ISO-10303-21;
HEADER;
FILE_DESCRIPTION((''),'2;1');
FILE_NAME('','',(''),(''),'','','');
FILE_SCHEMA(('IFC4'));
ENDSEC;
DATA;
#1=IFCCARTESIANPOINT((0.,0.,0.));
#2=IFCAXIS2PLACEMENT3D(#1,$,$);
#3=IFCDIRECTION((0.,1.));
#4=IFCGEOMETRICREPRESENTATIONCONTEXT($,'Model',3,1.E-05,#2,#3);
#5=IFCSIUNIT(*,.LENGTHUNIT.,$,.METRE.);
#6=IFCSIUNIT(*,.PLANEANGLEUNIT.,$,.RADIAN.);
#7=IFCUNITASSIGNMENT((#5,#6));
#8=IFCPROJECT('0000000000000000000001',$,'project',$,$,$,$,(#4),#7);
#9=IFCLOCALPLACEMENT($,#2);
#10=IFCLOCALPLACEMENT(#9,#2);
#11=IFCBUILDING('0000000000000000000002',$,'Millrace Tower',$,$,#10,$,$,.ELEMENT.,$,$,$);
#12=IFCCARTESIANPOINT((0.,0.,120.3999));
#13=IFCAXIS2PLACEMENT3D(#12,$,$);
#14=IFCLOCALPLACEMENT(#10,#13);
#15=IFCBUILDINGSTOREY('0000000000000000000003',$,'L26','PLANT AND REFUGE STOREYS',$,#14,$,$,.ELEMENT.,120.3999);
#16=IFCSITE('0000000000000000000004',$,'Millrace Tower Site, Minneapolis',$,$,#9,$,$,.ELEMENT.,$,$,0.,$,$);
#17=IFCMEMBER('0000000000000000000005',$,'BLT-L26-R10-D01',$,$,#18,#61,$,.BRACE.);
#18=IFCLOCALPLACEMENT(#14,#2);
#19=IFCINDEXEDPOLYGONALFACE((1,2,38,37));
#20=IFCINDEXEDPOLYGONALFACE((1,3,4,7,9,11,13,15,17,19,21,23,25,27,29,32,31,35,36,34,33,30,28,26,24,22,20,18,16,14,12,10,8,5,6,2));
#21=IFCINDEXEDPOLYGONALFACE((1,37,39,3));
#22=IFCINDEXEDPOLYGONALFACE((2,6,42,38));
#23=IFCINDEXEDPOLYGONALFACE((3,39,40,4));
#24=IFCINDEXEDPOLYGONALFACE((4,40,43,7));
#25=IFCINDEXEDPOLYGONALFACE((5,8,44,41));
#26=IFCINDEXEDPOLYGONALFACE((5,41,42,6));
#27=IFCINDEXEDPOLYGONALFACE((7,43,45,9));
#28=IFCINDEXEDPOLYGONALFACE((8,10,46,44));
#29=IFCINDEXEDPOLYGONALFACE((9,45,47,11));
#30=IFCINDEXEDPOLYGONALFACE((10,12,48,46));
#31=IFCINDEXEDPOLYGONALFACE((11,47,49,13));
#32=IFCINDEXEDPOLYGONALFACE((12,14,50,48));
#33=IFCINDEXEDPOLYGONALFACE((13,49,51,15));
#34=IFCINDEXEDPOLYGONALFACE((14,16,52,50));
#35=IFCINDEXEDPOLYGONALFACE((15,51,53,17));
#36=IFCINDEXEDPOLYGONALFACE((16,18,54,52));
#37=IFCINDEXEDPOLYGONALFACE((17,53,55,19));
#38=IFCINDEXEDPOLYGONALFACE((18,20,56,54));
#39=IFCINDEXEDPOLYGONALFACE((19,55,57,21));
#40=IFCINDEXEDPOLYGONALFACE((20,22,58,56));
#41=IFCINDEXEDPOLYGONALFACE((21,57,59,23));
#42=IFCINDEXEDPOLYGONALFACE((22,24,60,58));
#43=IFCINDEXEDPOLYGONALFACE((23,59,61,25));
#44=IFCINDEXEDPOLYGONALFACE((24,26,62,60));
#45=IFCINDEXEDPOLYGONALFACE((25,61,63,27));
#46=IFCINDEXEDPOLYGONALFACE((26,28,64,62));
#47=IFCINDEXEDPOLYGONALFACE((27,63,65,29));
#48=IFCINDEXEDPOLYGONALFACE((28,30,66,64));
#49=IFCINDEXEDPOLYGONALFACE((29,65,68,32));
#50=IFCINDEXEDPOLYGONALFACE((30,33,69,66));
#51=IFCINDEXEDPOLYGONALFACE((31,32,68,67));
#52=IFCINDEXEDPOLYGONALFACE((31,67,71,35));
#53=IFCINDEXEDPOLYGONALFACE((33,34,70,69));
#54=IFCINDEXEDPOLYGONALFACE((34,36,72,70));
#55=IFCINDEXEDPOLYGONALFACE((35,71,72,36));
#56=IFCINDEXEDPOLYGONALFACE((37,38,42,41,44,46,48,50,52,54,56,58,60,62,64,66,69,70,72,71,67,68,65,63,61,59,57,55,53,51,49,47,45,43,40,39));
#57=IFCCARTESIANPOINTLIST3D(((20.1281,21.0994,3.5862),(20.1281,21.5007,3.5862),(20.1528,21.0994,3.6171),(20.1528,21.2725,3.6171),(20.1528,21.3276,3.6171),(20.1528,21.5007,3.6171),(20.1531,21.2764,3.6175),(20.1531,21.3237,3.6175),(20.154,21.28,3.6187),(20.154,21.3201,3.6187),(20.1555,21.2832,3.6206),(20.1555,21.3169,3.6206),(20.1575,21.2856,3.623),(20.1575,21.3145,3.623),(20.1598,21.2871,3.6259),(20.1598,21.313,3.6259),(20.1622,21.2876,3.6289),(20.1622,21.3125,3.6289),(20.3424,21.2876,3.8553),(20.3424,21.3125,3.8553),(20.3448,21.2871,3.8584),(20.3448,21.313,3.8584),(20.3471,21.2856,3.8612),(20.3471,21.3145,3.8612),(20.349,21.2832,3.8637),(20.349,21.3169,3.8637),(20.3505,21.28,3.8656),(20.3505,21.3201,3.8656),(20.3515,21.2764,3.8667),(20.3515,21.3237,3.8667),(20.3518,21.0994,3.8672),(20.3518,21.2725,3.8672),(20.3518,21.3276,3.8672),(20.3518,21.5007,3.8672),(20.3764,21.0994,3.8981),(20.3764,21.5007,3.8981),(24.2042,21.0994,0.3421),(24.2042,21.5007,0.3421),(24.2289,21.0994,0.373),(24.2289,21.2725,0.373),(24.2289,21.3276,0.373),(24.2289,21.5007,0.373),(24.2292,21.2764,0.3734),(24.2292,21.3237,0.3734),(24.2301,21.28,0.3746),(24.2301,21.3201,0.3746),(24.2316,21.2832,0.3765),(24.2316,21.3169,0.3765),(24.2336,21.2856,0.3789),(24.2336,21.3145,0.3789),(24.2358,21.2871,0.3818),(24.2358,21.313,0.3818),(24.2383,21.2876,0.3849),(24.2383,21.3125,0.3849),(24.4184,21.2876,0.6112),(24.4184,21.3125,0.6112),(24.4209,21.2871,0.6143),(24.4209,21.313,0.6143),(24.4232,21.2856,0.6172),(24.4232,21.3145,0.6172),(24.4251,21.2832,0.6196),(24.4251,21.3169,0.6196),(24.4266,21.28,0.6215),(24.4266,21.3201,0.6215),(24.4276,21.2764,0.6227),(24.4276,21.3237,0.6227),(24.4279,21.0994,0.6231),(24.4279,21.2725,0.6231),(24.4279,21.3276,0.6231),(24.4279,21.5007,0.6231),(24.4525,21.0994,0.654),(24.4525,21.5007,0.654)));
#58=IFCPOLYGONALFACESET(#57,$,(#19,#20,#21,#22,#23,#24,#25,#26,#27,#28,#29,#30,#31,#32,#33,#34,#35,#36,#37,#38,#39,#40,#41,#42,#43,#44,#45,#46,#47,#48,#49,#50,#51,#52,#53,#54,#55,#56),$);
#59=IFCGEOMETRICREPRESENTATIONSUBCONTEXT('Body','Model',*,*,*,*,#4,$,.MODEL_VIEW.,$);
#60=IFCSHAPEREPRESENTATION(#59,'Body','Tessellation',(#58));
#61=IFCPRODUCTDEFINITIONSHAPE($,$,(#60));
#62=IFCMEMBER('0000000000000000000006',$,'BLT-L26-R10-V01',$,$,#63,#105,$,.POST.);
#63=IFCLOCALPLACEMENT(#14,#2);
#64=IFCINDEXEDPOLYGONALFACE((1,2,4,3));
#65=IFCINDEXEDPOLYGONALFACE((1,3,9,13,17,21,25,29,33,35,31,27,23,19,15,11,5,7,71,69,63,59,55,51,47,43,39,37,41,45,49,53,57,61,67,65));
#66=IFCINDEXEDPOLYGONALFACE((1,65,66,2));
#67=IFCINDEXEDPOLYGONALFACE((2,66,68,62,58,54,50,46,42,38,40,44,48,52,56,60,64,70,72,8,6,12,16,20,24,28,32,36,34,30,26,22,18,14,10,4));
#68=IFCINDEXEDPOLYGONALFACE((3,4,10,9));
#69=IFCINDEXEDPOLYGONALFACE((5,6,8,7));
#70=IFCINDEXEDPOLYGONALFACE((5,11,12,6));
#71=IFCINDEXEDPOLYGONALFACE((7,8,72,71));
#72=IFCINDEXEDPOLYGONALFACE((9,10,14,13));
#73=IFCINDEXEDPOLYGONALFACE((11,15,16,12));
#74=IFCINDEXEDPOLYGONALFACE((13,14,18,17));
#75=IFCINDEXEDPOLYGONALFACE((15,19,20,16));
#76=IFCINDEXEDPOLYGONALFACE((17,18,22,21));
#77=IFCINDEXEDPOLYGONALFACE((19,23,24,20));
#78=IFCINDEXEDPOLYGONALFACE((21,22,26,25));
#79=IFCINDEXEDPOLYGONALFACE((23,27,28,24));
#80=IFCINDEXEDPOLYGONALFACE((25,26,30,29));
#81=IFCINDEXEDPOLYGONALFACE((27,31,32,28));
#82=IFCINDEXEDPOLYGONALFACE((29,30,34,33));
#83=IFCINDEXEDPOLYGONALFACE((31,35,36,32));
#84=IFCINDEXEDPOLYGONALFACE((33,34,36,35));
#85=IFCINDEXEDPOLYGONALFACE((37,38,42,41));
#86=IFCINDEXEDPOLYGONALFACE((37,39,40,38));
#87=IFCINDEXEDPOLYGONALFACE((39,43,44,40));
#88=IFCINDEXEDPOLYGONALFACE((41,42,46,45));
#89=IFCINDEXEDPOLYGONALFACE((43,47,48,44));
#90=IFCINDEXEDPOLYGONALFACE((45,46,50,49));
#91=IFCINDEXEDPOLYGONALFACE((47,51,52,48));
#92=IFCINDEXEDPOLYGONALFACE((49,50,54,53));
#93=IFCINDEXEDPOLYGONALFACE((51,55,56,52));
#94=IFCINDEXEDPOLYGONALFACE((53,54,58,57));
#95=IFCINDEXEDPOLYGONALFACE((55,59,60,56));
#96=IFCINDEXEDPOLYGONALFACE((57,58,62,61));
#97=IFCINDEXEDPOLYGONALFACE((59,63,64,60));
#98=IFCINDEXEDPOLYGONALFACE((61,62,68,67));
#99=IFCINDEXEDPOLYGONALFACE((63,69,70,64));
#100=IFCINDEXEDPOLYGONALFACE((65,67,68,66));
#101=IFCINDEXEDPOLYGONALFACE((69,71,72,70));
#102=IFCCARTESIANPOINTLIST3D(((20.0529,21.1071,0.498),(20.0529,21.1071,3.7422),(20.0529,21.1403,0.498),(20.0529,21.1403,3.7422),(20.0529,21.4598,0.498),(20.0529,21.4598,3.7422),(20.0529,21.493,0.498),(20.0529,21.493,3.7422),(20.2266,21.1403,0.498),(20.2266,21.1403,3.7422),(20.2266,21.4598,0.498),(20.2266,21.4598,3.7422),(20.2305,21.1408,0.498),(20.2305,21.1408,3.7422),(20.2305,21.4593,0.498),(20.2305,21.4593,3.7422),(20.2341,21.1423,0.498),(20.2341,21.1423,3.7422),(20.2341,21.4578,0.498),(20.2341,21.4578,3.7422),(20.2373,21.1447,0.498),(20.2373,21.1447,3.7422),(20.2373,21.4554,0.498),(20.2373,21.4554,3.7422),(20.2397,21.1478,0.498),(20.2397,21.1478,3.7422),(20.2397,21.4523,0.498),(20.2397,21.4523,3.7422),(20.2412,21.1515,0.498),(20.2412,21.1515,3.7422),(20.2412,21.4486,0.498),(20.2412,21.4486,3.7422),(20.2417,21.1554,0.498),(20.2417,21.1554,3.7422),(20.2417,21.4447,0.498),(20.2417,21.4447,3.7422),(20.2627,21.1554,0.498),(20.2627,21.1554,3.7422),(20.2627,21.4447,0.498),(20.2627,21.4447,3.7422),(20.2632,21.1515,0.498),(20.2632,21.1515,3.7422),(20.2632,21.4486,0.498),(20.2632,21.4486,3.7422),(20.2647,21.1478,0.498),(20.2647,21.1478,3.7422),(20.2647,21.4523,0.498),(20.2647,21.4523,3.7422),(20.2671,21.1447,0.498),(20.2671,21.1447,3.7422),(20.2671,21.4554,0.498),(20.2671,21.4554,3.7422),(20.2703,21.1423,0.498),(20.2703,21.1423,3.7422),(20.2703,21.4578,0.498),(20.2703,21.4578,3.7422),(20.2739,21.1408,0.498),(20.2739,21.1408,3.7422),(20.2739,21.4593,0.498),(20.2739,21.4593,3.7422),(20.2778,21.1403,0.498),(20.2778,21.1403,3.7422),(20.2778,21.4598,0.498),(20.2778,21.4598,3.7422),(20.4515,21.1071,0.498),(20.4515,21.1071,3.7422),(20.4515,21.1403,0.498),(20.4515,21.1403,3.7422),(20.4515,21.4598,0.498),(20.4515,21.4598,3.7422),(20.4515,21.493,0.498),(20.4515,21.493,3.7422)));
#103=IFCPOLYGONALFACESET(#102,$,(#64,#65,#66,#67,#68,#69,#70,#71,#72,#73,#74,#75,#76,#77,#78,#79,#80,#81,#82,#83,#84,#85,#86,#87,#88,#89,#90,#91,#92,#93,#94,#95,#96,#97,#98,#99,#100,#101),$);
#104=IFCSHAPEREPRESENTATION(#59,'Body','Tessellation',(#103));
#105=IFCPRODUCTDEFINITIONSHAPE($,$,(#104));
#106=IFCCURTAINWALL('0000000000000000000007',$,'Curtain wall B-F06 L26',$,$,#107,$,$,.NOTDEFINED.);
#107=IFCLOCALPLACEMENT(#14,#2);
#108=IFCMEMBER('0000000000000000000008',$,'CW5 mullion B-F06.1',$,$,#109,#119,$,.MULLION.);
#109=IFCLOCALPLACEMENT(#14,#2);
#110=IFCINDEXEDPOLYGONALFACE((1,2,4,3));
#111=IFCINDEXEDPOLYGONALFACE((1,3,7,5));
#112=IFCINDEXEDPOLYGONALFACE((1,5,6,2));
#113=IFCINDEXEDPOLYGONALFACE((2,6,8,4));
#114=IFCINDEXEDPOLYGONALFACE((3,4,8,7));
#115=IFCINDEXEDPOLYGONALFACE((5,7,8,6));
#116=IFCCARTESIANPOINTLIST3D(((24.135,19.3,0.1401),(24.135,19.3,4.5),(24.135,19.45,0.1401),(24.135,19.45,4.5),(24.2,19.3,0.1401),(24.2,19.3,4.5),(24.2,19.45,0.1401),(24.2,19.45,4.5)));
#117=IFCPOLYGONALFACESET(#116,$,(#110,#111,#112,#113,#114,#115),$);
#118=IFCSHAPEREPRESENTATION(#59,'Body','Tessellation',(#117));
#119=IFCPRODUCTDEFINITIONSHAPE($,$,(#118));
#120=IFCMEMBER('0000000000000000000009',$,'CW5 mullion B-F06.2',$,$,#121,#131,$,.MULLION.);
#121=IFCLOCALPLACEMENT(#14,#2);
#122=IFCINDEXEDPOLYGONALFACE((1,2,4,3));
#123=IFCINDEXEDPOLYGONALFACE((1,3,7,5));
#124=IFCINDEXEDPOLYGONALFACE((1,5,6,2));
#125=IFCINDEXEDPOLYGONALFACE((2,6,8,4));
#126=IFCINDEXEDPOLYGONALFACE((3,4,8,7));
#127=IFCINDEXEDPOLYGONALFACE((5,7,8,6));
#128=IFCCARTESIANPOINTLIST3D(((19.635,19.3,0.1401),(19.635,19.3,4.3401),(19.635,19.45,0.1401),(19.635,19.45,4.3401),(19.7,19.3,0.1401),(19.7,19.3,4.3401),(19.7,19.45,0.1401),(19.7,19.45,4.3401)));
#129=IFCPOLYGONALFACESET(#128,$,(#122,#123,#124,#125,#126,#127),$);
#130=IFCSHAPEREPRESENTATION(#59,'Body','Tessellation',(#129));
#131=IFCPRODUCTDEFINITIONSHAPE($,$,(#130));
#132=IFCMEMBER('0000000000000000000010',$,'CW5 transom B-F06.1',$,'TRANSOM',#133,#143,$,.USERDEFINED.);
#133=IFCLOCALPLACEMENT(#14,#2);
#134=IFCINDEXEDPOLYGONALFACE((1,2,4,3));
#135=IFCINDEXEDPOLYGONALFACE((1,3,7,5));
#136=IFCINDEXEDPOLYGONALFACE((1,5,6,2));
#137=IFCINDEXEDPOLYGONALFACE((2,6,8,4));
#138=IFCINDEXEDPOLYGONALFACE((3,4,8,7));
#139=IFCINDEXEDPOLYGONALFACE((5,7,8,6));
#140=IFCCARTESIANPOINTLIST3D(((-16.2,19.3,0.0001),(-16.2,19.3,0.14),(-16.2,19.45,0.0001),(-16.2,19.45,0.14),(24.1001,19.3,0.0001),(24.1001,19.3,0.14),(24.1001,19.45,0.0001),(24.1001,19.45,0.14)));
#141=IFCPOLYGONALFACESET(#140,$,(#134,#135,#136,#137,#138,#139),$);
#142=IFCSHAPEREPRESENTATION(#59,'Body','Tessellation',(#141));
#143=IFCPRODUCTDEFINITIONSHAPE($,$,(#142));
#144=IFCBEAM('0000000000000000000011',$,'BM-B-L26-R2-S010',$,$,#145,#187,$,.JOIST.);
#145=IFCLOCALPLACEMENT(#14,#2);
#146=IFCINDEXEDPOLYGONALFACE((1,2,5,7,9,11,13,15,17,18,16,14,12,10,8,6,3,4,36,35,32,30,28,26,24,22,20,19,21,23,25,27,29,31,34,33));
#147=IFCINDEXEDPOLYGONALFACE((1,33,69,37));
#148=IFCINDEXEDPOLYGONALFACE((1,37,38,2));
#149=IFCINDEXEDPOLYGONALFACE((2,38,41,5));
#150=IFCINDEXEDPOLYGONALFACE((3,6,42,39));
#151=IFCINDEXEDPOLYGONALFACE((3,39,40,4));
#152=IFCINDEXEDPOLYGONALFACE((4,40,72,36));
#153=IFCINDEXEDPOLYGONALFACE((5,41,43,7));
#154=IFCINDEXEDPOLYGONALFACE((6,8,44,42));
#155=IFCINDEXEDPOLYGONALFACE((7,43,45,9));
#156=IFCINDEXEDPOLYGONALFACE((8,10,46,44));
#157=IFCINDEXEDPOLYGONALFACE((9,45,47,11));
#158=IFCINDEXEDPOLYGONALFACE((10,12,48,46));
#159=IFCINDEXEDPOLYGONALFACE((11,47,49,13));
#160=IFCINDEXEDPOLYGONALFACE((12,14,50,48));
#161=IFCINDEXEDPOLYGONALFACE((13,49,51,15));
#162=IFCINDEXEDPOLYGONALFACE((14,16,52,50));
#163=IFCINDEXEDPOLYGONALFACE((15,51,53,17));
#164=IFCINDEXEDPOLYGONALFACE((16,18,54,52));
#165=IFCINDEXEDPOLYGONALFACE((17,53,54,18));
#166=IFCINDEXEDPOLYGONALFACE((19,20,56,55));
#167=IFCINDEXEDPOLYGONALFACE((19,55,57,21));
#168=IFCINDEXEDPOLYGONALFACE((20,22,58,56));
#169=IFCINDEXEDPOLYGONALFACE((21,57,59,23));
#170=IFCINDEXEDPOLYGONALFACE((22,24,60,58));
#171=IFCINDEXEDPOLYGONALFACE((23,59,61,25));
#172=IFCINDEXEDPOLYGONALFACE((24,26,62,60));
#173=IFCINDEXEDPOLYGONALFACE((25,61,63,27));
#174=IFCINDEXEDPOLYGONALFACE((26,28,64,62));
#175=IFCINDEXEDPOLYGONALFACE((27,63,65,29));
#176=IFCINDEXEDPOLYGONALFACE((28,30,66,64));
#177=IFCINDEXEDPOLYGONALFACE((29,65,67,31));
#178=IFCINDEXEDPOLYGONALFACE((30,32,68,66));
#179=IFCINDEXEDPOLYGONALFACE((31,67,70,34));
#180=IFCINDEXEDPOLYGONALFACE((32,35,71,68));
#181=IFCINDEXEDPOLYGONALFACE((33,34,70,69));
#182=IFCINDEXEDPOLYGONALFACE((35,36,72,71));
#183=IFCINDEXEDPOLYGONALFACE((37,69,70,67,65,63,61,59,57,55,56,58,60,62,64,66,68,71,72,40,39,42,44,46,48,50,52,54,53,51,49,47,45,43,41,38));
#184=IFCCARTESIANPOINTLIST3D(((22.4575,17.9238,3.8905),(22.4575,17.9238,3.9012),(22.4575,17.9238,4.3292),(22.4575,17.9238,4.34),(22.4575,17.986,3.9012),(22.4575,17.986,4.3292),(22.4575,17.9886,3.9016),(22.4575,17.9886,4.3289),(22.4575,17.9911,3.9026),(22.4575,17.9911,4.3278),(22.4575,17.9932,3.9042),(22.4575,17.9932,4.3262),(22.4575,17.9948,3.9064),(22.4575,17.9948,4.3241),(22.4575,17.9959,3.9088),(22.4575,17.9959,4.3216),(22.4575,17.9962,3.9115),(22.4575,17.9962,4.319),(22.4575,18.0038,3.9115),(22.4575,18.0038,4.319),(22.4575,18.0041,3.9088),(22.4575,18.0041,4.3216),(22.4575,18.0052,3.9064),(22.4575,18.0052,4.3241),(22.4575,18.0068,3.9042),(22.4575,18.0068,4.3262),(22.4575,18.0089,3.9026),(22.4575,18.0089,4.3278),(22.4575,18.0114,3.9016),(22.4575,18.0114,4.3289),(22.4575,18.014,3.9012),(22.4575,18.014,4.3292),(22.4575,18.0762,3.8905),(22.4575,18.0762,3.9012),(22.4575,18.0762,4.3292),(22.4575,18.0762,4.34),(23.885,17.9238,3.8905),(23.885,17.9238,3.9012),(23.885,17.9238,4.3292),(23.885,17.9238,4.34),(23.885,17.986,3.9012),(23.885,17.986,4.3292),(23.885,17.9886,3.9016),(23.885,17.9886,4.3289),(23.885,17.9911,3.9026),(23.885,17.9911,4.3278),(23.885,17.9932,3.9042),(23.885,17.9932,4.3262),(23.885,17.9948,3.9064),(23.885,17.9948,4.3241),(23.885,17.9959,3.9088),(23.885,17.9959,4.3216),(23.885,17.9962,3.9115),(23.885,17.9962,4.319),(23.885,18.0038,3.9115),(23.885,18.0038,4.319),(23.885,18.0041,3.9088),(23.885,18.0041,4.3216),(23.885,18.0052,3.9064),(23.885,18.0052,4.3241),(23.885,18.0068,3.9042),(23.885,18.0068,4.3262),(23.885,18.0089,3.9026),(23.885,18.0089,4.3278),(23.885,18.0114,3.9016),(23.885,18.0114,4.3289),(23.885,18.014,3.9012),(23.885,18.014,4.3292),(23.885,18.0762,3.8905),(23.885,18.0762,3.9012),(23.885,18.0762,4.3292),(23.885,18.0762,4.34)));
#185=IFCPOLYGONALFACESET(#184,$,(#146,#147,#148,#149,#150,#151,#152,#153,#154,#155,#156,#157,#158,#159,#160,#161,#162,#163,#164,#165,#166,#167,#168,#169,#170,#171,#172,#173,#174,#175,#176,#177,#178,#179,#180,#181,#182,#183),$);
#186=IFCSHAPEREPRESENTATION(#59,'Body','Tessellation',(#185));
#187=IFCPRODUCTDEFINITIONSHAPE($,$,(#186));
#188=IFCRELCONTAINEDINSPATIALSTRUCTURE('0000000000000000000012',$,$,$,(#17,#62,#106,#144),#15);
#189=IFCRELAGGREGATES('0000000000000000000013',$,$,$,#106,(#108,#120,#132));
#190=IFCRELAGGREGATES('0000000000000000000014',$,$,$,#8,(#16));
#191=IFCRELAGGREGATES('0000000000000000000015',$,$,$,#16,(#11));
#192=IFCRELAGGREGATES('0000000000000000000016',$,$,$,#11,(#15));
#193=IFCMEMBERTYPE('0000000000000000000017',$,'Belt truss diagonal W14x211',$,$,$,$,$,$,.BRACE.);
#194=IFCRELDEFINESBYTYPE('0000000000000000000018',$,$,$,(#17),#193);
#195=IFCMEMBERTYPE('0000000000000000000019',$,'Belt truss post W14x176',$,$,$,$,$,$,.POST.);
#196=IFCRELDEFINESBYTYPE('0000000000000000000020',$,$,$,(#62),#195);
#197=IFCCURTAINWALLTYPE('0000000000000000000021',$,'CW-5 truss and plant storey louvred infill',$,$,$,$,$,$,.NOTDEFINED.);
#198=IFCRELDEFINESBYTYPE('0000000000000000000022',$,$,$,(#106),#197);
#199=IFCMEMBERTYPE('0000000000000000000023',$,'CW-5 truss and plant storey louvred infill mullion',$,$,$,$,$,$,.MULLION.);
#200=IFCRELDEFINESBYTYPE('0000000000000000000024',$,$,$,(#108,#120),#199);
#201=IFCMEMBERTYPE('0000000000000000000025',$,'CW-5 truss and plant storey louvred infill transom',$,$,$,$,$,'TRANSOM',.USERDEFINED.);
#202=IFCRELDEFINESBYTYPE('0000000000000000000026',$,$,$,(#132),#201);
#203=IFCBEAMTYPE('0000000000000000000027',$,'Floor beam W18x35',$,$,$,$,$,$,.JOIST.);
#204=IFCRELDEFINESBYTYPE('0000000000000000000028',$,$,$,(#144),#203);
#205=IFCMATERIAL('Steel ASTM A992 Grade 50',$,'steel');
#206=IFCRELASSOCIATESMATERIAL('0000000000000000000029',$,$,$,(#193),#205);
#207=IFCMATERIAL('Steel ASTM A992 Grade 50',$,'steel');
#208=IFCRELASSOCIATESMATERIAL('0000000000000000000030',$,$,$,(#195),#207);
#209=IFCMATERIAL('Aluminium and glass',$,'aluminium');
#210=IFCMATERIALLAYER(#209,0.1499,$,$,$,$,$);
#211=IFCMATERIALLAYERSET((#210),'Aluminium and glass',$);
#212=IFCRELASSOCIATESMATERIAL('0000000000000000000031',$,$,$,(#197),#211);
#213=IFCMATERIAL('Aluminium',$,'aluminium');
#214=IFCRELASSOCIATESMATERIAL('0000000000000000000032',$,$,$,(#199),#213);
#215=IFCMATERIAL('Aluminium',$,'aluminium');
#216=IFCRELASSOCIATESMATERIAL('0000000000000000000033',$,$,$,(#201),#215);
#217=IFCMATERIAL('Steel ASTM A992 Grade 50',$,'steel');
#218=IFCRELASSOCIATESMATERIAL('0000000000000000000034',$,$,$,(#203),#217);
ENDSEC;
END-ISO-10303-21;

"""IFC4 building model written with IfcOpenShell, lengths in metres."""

from ifc_helpers import new_model, si_unit, direction, frame, origin, origin_2d, place, context, subcontext, project, spatial, rectangle, i_section, extrude, material, layer, layer_set, material_profile, profile_set, type_object, element, aggregate, save


model = new_model("IFC4")

# Units and contexts
model_context = context("Model", 3, precision=1e-05, world=origin(), true_north=direction((0.0, 1.0)))
body_context = subcontext(model_context, "Body", "Model", "MODEL_VIEW")
ifc_project = project(units=[si_unit("LENGTHUNIT", "METRE"), si_unit("PLANEANGLEUNIT", "RADIAN")], contexts=[model_context])

# Site, building, storey
site_placement = place(None, origin())
site = spatial("IfcSite", under=ifc_project, at=site_placement, Name="Millrace Tower Site, Minneapolis", CompositionType="ELEMENT", RefElevation=0.0)
building_placement = place(site_placement, origin())
building = spatial("IfcBuilding", under=site, at=building_placement, Name="Millrace Tower", CompositionType="ELEMENT")
storey_placement = place(building_placement, frame((0.0, 0.0, 120.3999)))
storey = spatial("IfcBuildingStorey", under=building, at=storey_placement, Name="L26", Description="PLANT AND REFUGE STOREYS", CompositionType="ELEMENT", Elevation=120.3999)

# Members
ifc_material_1 = material(Name="Steel ASTM A992 Grade 50", Category="steel")
ifc_material_profile_1 = material_profile(ifc_material_1, i_section(OverallWidth=0.4014, OverallDepth=0.3987, WebThickness=0.0249, FlangeThickness=0.0396, FilletRadius=0.0151, at=origin_2d()))
ifc_profile_set_1 = profile_set([ifc_material_profile_1], Name="Steel ASTM A992 Grade 50")
member_type_1 = type_object("IfcMemberType", Name="Belt truss diagonal W14x211", PredefinedType="BRACE", material=ifc_profile_set_1)
member_1_placement = place(storey_placement, frame((24.3284, 21.3, 0.498), z_axis=(-0.782439, 0.0, 0.622727), x_axis=(0.0, -1.0, 0.0)))
element("IfcMember", 1, at=member_1_placement, inside=storey, type_object=member_type_1, Name="BLT-L26-R10-D01", PredefinedType="BRACE", context=body_context, shape_type="SweptSolid", body=[
    extrude(i_section(OverallWidth=0.4014, OverallDepth=0.3987, WebThickness=0.0249, FlangeThickness=0.0396, FilletRadius=0.0151, at=origin_2d()), origin(), (0.0, 0.0, 1.0), 5.2095),
])
ifc_material_2 = material(Name="Steel ASTM A992 Grade 50", Category="steel")
ifc_material_profile_2 = material_profile(ifc_material_2, i_section(OverallWidth=0.3987, OverallDepth=0.386, WebThickness=0.021, FlangeThickness=0.0332, FilletRadius=0.0151, at=origin_2d()))
ifc_profile_set_2 = profile_set([ifc_material_profile_2], Name="Steel ASTM A992 Grade 50")
member_type_2 = type_object("IfcMemberType", Name="Belt truss post W14x176", PredefinedType="POST", material=ifc_profile_set_2)
member_2_placement = place(storey_placement, frame((20.2522, 21.3, 0.498), z_axis=(0.0, 0.0, 1.0), x_axis=(1.0, 0.0, 0.0)))
element("IfcMember", 2, at=member_2_placement, inside=storey, type_object=member_type_2, Name="BLT-L26-R10-V01", PredefinedType="POST", context=body_context, shape_type="SweptSolid", body=[
    extrude(i_section(OverallWidth=0.3987, OverallDepth=0.386, WebThickness=0.021, FlangeThickness=0.0332, FilletRadius=0.0151, at=origin_2d()), origin(), (0.0, 0.0, 1.0), 3.2441),
])

# Curtain wall, members
ifc_material_3 = material(Name="Aluminium and glass", Category="aluminium")
ifc_layer_1 = layer(ifc_material_3, 0.1499)
ifc_layer_set_1 = layer_set([ifc_layer_1], Name="Aluminium and glass")
curtain_wall_type = type_object("IfcCurtainWallType", Name="CW-5 truss and plant storey louvred infill", PredefinedType="NOTDEFINED", material=ifc_layer_set_1)
curtain_wall_placement = place(storey_placement, origin())
curtain_wall = element("IfcCurtainWall", 3, at=curtain_wall_placement, inside=storey, type_object=curtain_wall_type, Name="Curtain wall B-F06 L26", PredefinedType="NOTDEFINED")
ifc_material_4 = material(Name="Aluminium", Category="aluminium")
ifc_material_profile_3 = material_profile(ifc_material_4, rectangle(XDim=0.0649, YDim=0.1499, at=origin_2d()))
ifc_profile_set_3 = profile_set([ifc_material_profile_3], Name="Aluminium")
member_type_3 = type_object("IfcMemberType", Name="CW-5 truss and plant storey louvred infill mullion", PredefinedType="MULLION", material=ifc_profile_set_3)
member_3_placement = place(storey_placement, frame((24.1675, 19.375, 0.1401), z_axis=(0.0, 0.0, 1.0), x_axis=(-1.0, 0.0, 0.0)))
member_3 = element("IfcMember", 4, at=member_3_placement, type_object=member_type_3, Name="CW5 mullion B-F06.1", PredefinedType="MULLION", context=body_context, shape_type="SweptSolid", body=[
    extrude(rectangle(XDim=0.0649, YDim=0.1499, at=origin_2d()), origin(), (0.0, 0.0, 1.0), 4.3599),
])
member_4_placement = place(storey_placement, frame((19.6675, 19.375, 0.1401), z_axis=(0.0, 0.0, 1.0), x_axis=(-1.0, 0.0, 0.0)))
member_4 = element("IfcMember", 5, at=member_4_placement, type_object=member_type_3, Name="CW5 mullion B-F06.2", PredefinedType="MULLION", context=body_context, shape_type="SweptSolid", body=[
    extrude(rectangle(XDim=0.0649, YDim=0.1499, at=origin_2d()), origin(), (0.0, 0.0, 1.0), 4.2),
])
ifc_material_5 = material(Name="Aluminium", Category="aluminium")
ifc_material_profile_4 = material_profile(ifc_material_5, rectangle(XDim=0.1499, YDim=0.1399, at=origin_2d()))
ifc_profile_set_4 = profile_set([ifc_material_profile_4], Name="Aluminium")
member_type_4 = type_object("IfcMemberType", Name="CW-5 truss and plant storey louvred infill transom", ElementType="TRANSOM", PredefinedType="USERDEFINED", material=ifc_profile_set_4)
member_5_placement = place(storey_placement, frame((24.1001, 19.375, 0.0701), z_axis=(-1.0, 0.0, 0.0), x_axis=(0.0, -1.0, 0.0)))
member_5 = element("IfcMember", 6, at=member_5_placement, type_object=member_type_4, Name="CW5 transom B-F06.1", ObjectType="TRANSOM", PredefinedType="USERDEFINED", context=body_context, shape_type="SweptSolid", body=[
    extrude(rectangle(XDim=0.1499, YDim=0.1399, at=origin_2d()), origin(), (0.0, 0.0, 1.0), 40.3),
])
aggregate(curtain_wall, [member_3, member_4, member_5])

# Beam
ifc_material_6 = material(Name="Steel ASTM A992 Grade 50", Category="steel")
ifc_material_profile_5 = material_profile(ifc_material_6, i_section(OverallWidth=0.1523, OverallDepth=0.4495, WebThickness=0.0076, FlangeThickness=0.0107, FilletRadius=0.0103, at=origin_2d()))
ifc_profile_set_5 = profile_set([ifc_material_profile_5], Name="Steel ASTM A992 Grade 50")
beam_type_1 = type_object("IfcBeamType", Name="Floor beam W18x35", PredefinedType="JOIST", material=ifc_profile_set_5)
beam_1_placement = place(storey_placement, frame((22.4575, 18.0, 4.1152), z_axis=(1.0, 0.0, 0.0), x_axis=(0.0, 1.0, 0.0)))
element("IfcBeam", 7, at=beam_1_placement, inside=storey, type_object=beam_type_1, Name="BM-B-L26-R2-S010", PredefinedType="JOIST", context=body_context, shape_type="SweptSolid", body=[
    extrude(i_section(OverallWidth=0.1523, OverallDepth=0.4495, WebThickness=0.0076, FlangeThickness=0.0107, FilletRadius=0.0103, at=origin_2d()), origin(), (0.0, 0.0, 1.0), 1.4275),
])

save(model, "model.ifc")
